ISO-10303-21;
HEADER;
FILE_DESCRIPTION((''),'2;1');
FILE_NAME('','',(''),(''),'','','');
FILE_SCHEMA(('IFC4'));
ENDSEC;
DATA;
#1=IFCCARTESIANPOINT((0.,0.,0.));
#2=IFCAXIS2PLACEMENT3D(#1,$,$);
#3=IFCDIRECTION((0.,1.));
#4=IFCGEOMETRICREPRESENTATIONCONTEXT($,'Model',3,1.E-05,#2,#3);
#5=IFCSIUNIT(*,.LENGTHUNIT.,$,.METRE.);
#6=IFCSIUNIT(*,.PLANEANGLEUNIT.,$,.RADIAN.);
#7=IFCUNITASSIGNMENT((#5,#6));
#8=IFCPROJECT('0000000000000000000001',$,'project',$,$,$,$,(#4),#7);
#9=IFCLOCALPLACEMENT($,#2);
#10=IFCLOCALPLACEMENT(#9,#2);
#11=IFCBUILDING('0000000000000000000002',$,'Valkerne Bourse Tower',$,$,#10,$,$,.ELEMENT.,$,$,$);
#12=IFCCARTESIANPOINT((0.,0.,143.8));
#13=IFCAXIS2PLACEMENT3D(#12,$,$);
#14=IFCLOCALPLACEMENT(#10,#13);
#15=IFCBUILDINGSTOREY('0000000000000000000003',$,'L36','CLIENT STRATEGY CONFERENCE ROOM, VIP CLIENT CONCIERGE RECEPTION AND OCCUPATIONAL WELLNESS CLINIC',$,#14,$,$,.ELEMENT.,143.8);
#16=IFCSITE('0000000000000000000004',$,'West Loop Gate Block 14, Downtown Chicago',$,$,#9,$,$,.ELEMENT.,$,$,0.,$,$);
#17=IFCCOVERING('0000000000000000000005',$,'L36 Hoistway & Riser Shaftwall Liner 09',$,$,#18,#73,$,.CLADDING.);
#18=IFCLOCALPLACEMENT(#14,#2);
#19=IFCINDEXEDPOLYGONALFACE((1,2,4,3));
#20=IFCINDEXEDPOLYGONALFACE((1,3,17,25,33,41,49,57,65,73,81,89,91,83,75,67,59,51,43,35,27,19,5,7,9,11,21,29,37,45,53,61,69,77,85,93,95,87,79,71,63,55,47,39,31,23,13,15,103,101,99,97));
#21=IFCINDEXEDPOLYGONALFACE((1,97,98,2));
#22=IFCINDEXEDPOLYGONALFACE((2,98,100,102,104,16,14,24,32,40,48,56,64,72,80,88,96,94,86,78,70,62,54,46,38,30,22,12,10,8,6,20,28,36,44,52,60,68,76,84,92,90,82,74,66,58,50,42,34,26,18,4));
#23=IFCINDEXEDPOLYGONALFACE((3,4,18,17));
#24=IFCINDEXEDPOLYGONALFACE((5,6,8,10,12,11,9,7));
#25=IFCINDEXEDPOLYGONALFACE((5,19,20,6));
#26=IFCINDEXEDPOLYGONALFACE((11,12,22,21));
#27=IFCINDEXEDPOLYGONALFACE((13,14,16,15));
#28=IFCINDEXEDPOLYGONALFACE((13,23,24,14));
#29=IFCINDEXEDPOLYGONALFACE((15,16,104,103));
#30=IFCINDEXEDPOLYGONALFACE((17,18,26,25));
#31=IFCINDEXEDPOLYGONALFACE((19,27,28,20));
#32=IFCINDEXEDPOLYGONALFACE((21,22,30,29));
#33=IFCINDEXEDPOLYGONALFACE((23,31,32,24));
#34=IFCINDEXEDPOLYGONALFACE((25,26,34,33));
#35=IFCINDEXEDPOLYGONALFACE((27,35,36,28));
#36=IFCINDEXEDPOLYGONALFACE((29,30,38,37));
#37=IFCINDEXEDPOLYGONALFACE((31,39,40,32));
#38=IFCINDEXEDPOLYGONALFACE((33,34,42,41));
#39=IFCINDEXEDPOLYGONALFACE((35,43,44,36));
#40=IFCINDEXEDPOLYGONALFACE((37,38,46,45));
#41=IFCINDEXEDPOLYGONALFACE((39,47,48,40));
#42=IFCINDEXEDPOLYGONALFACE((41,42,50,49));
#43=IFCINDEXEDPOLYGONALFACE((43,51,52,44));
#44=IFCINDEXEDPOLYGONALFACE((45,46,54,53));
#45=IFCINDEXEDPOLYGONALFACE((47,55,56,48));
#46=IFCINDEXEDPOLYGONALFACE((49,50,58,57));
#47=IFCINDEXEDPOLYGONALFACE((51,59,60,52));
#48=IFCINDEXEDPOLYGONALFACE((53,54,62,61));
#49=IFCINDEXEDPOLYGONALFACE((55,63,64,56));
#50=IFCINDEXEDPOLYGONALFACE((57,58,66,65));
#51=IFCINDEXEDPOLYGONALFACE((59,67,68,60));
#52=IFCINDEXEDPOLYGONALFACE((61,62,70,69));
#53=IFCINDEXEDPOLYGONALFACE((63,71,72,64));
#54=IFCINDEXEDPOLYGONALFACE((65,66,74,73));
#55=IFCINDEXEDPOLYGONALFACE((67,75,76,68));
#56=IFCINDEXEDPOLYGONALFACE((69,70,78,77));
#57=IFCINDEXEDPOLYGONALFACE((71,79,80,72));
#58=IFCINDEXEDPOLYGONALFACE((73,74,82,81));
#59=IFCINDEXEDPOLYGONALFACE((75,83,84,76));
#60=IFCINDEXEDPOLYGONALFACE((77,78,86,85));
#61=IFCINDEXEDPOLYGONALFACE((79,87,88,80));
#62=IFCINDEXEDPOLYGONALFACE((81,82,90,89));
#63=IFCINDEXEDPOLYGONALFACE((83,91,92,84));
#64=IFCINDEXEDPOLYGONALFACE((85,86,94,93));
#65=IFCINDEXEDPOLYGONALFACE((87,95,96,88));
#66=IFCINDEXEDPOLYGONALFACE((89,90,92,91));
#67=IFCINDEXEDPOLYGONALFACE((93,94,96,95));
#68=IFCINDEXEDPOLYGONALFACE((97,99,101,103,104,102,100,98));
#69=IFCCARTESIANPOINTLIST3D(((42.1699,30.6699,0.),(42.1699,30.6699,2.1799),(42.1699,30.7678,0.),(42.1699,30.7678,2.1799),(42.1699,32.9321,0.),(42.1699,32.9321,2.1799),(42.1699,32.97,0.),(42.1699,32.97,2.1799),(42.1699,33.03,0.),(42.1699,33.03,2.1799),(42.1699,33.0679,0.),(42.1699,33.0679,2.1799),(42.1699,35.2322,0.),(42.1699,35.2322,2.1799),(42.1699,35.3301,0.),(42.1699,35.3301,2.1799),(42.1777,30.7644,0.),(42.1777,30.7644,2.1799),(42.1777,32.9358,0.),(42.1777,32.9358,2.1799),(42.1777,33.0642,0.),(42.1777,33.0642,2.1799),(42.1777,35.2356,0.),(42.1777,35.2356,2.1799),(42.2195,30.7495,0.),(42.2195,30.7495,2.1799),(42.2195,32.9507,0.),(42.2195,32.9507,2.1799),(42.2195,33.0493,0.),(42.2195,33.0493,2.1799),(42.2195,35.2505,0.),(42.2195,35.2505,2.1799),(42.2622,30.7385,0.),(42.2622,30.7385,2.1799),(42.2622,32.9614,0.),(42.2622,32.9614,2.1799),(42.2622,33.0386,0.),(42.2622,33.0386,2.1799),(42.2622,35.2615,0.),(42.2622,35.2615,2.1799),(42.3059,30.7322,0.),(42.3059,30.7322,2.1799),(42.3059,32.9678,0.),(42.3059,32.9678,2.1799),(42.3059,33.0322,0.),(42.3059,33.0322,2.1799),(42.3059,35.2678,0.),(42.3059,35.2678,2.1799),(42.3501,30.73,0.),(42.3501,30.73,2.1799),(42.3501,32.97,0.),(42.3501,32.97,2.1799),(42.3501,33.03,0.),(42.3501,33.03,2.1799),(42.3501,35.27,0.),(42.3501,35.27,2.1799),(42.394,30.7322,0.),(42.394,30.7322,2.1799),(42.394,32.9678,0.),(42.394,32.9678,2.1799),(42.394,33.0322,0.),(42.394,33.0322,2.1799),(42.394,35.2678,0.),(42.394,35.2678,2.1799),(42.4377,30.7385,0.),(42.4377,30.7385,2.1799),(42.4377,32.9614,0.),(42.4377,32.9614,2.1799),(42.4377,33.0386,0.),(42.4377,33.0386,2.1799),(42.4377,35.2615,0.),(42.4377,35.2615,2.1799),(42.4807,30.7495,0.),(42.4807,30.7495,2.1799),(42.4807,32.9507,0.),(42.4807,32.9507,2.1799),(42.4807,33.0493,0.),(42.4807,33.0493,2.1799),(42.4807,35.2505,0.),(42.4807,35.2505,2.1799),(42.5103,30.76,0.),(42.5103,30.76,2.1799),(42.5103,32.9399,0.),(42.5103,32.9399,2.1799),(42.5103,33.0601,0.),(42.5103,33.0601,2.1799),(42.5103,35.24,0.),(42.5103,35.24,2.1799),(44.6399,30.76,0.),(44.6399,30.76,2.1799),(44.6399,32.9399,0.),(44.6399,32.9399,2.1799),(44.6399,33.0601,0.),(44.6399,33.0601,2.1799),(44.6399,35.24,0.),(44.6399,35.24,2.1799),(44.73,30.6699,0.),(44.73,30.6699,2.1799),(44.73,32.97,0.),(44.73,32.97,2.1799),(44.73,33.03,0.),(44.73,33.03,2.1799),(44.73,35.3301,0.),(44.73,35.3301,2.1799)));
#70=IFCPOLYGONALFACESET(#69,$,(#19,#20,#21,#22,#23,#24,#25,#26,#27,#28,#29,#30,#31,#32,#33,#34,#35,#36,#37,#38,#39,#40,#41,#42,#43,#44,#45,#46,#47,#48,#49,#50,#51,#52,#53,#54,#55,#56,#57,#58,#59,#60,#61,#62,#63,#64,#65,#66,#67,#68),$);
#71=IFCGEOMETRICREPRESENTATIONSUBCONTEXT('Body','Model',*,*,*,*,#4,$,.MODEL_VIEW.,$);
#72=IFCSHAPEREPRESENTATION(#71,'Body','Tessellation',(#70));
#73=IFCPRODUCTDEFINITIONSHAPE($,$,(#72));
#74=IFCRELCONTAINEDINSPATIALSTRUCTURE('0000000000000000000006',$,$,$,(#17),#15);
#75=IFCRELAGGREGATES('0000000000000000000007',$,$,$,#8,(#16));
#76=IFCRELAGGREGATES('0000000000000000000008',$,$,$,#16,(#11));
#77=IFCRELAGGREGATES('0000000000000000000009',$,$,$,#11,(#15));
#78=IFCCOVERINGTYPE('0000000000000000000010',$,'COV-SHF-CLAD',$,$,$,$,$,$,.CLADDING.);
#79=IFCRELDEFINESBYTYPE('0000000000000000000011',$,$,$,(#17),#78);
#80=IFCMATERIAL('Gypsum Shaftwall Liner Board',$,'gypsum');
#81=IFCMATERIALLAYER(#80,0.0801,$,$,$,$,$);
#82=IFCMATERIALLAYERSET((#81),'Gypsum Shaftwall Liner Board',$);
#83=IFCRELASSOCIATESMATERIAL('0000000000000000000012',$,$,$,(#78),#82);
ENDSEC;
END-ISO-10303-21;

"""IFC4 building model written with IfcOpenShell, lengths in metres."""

from ifc_helpers import new_model, si_unit, direction, frame, origin, place, context, subcontext, project, spatial, polyline, outline, extrude, material, layer, layer_set, type_object, element, save


model = new_model("IFC4")

# Units and contexts
model_context = context("Model", 3, precision=1e-05, world=origin(), true_north=direction((0.0, 1.0)))
body_context = subcontext(model_context, "Body", "Model", "MODEL_VIEW")
ifc_project = project(units=[si_unit("LENGTHUNIT", "METRE"), si_unit("PLANEANGLEUNIT", "RADIAN")], contexts=[model_context])

# Site, building, storey
site_placement = place(None, origin())
site = spatial("IfcSite", under=ifc_project, at=site_placement, Name="West Loop Gate Block 14, Downtown Chicago", CompositionType="ELEMENT", RefElevation=0.0)
building_placement = place(site_placement, origin())
building = spatial("IfcBuilding", under=site, at=building_placement, Name="Valkerne Bourse Tower", CompositionType="ELEMENT")
storey_placement = place(building_placement, frame((0.0, 0.0, 143.8)))
storey = spatial("IfcBuildingStorey", under=building, at=storey_placement, Name="L36", Description="CLIENT STRATEGY CONFERENCE ROOM, VIP CLIENT CONCIERGE RECEPTION AND OCCUPATIONAL WELLNESS CLINIC", CompositionType="ELEMENT", Elevation=143.8)

# Covering
ifc_material_1 = material(Name="Gypsum Shaftwall Liner Board", Category="gypsum")
ifc_layer_1 = layer(ifc_material_1, 0.0801)
ifc_layer_set_1 = layer_set([ifc_layer_1], Name="Gypsum Shaftwall Liner Board")
covering_type_1 = type_object("IfcCoveringType", Name="COV-SHF-CLAD", PredefinedType="CLADDING", material=ifc_layer_set_1)
covering_1_placement = place(storey_placement, origin())
element("IfcCovering", 1, at=covering_1_placement, inside=storey, type_object=covering_type_1, Name="L36 Hoistway & Riser Shaftwall Liner 09", PredefinedType="CLADDING", context=body_context, shape_type="SweptSolid", body=[
    extrude(outline(polyline([(42.1699, 33.0679), (42.1777, 33.0642), (42.2195, 33.0493), (42.2622, 33.0386), (42.3059, 33.0322), (42.3501, 33.03), (42.394, 33.0322), (42.4377, 33.0386), (42.4807, 33.0493), (42.5103, 33.0601), (44.6399, 33.0601), (44.6399, 35.24), (42.5103, 35.24), (42.4807, 35.2505), (42.4377, 35.2615), (42.394, 35.2678), (42.3501, 35.27), (42.3059, 35.2678), (42.2622, 35.2615), (42.2195, 35.2505), (42.1777, 35.2356), (42.1699, 35.2322), (42.1699, 35.3301), (44.73, 35.3301), (44.73, 33.03), (44.73, 32.97), (44.73, 30.6699), (42.1699, 30.6699), (42.1699, 30.7678), (42.1777, 30.7644), (42.2195, 30.7495), (42.2622, 30.7385), (42.3059, 30.7322), (42.3501, 30.73), (42.394, 30.7322), (42.4377, 30.7385), (42.4807, 30.7495), (42.5103, 30.76), (44.6399, 30.76), (44.6399, 32.9399), (42.5103, 32.9399), (42.4807, 32.9507), (42.4377, 32.9614), (42.394, 32.9678), (42.3501, 32.97), (42.3059, 32.9678), (42.2622, 32.9614), (42.2195, 32.9507), (42.1777, 32.9358), (42.1699, 32.9321), (42.1699, 32.97), (42.1699, 33.03), (42.1699, 33.0679)])), origin(), (0.0, 0.0, 1.0), 2.1799),
])

save(model, "model.ifc")
